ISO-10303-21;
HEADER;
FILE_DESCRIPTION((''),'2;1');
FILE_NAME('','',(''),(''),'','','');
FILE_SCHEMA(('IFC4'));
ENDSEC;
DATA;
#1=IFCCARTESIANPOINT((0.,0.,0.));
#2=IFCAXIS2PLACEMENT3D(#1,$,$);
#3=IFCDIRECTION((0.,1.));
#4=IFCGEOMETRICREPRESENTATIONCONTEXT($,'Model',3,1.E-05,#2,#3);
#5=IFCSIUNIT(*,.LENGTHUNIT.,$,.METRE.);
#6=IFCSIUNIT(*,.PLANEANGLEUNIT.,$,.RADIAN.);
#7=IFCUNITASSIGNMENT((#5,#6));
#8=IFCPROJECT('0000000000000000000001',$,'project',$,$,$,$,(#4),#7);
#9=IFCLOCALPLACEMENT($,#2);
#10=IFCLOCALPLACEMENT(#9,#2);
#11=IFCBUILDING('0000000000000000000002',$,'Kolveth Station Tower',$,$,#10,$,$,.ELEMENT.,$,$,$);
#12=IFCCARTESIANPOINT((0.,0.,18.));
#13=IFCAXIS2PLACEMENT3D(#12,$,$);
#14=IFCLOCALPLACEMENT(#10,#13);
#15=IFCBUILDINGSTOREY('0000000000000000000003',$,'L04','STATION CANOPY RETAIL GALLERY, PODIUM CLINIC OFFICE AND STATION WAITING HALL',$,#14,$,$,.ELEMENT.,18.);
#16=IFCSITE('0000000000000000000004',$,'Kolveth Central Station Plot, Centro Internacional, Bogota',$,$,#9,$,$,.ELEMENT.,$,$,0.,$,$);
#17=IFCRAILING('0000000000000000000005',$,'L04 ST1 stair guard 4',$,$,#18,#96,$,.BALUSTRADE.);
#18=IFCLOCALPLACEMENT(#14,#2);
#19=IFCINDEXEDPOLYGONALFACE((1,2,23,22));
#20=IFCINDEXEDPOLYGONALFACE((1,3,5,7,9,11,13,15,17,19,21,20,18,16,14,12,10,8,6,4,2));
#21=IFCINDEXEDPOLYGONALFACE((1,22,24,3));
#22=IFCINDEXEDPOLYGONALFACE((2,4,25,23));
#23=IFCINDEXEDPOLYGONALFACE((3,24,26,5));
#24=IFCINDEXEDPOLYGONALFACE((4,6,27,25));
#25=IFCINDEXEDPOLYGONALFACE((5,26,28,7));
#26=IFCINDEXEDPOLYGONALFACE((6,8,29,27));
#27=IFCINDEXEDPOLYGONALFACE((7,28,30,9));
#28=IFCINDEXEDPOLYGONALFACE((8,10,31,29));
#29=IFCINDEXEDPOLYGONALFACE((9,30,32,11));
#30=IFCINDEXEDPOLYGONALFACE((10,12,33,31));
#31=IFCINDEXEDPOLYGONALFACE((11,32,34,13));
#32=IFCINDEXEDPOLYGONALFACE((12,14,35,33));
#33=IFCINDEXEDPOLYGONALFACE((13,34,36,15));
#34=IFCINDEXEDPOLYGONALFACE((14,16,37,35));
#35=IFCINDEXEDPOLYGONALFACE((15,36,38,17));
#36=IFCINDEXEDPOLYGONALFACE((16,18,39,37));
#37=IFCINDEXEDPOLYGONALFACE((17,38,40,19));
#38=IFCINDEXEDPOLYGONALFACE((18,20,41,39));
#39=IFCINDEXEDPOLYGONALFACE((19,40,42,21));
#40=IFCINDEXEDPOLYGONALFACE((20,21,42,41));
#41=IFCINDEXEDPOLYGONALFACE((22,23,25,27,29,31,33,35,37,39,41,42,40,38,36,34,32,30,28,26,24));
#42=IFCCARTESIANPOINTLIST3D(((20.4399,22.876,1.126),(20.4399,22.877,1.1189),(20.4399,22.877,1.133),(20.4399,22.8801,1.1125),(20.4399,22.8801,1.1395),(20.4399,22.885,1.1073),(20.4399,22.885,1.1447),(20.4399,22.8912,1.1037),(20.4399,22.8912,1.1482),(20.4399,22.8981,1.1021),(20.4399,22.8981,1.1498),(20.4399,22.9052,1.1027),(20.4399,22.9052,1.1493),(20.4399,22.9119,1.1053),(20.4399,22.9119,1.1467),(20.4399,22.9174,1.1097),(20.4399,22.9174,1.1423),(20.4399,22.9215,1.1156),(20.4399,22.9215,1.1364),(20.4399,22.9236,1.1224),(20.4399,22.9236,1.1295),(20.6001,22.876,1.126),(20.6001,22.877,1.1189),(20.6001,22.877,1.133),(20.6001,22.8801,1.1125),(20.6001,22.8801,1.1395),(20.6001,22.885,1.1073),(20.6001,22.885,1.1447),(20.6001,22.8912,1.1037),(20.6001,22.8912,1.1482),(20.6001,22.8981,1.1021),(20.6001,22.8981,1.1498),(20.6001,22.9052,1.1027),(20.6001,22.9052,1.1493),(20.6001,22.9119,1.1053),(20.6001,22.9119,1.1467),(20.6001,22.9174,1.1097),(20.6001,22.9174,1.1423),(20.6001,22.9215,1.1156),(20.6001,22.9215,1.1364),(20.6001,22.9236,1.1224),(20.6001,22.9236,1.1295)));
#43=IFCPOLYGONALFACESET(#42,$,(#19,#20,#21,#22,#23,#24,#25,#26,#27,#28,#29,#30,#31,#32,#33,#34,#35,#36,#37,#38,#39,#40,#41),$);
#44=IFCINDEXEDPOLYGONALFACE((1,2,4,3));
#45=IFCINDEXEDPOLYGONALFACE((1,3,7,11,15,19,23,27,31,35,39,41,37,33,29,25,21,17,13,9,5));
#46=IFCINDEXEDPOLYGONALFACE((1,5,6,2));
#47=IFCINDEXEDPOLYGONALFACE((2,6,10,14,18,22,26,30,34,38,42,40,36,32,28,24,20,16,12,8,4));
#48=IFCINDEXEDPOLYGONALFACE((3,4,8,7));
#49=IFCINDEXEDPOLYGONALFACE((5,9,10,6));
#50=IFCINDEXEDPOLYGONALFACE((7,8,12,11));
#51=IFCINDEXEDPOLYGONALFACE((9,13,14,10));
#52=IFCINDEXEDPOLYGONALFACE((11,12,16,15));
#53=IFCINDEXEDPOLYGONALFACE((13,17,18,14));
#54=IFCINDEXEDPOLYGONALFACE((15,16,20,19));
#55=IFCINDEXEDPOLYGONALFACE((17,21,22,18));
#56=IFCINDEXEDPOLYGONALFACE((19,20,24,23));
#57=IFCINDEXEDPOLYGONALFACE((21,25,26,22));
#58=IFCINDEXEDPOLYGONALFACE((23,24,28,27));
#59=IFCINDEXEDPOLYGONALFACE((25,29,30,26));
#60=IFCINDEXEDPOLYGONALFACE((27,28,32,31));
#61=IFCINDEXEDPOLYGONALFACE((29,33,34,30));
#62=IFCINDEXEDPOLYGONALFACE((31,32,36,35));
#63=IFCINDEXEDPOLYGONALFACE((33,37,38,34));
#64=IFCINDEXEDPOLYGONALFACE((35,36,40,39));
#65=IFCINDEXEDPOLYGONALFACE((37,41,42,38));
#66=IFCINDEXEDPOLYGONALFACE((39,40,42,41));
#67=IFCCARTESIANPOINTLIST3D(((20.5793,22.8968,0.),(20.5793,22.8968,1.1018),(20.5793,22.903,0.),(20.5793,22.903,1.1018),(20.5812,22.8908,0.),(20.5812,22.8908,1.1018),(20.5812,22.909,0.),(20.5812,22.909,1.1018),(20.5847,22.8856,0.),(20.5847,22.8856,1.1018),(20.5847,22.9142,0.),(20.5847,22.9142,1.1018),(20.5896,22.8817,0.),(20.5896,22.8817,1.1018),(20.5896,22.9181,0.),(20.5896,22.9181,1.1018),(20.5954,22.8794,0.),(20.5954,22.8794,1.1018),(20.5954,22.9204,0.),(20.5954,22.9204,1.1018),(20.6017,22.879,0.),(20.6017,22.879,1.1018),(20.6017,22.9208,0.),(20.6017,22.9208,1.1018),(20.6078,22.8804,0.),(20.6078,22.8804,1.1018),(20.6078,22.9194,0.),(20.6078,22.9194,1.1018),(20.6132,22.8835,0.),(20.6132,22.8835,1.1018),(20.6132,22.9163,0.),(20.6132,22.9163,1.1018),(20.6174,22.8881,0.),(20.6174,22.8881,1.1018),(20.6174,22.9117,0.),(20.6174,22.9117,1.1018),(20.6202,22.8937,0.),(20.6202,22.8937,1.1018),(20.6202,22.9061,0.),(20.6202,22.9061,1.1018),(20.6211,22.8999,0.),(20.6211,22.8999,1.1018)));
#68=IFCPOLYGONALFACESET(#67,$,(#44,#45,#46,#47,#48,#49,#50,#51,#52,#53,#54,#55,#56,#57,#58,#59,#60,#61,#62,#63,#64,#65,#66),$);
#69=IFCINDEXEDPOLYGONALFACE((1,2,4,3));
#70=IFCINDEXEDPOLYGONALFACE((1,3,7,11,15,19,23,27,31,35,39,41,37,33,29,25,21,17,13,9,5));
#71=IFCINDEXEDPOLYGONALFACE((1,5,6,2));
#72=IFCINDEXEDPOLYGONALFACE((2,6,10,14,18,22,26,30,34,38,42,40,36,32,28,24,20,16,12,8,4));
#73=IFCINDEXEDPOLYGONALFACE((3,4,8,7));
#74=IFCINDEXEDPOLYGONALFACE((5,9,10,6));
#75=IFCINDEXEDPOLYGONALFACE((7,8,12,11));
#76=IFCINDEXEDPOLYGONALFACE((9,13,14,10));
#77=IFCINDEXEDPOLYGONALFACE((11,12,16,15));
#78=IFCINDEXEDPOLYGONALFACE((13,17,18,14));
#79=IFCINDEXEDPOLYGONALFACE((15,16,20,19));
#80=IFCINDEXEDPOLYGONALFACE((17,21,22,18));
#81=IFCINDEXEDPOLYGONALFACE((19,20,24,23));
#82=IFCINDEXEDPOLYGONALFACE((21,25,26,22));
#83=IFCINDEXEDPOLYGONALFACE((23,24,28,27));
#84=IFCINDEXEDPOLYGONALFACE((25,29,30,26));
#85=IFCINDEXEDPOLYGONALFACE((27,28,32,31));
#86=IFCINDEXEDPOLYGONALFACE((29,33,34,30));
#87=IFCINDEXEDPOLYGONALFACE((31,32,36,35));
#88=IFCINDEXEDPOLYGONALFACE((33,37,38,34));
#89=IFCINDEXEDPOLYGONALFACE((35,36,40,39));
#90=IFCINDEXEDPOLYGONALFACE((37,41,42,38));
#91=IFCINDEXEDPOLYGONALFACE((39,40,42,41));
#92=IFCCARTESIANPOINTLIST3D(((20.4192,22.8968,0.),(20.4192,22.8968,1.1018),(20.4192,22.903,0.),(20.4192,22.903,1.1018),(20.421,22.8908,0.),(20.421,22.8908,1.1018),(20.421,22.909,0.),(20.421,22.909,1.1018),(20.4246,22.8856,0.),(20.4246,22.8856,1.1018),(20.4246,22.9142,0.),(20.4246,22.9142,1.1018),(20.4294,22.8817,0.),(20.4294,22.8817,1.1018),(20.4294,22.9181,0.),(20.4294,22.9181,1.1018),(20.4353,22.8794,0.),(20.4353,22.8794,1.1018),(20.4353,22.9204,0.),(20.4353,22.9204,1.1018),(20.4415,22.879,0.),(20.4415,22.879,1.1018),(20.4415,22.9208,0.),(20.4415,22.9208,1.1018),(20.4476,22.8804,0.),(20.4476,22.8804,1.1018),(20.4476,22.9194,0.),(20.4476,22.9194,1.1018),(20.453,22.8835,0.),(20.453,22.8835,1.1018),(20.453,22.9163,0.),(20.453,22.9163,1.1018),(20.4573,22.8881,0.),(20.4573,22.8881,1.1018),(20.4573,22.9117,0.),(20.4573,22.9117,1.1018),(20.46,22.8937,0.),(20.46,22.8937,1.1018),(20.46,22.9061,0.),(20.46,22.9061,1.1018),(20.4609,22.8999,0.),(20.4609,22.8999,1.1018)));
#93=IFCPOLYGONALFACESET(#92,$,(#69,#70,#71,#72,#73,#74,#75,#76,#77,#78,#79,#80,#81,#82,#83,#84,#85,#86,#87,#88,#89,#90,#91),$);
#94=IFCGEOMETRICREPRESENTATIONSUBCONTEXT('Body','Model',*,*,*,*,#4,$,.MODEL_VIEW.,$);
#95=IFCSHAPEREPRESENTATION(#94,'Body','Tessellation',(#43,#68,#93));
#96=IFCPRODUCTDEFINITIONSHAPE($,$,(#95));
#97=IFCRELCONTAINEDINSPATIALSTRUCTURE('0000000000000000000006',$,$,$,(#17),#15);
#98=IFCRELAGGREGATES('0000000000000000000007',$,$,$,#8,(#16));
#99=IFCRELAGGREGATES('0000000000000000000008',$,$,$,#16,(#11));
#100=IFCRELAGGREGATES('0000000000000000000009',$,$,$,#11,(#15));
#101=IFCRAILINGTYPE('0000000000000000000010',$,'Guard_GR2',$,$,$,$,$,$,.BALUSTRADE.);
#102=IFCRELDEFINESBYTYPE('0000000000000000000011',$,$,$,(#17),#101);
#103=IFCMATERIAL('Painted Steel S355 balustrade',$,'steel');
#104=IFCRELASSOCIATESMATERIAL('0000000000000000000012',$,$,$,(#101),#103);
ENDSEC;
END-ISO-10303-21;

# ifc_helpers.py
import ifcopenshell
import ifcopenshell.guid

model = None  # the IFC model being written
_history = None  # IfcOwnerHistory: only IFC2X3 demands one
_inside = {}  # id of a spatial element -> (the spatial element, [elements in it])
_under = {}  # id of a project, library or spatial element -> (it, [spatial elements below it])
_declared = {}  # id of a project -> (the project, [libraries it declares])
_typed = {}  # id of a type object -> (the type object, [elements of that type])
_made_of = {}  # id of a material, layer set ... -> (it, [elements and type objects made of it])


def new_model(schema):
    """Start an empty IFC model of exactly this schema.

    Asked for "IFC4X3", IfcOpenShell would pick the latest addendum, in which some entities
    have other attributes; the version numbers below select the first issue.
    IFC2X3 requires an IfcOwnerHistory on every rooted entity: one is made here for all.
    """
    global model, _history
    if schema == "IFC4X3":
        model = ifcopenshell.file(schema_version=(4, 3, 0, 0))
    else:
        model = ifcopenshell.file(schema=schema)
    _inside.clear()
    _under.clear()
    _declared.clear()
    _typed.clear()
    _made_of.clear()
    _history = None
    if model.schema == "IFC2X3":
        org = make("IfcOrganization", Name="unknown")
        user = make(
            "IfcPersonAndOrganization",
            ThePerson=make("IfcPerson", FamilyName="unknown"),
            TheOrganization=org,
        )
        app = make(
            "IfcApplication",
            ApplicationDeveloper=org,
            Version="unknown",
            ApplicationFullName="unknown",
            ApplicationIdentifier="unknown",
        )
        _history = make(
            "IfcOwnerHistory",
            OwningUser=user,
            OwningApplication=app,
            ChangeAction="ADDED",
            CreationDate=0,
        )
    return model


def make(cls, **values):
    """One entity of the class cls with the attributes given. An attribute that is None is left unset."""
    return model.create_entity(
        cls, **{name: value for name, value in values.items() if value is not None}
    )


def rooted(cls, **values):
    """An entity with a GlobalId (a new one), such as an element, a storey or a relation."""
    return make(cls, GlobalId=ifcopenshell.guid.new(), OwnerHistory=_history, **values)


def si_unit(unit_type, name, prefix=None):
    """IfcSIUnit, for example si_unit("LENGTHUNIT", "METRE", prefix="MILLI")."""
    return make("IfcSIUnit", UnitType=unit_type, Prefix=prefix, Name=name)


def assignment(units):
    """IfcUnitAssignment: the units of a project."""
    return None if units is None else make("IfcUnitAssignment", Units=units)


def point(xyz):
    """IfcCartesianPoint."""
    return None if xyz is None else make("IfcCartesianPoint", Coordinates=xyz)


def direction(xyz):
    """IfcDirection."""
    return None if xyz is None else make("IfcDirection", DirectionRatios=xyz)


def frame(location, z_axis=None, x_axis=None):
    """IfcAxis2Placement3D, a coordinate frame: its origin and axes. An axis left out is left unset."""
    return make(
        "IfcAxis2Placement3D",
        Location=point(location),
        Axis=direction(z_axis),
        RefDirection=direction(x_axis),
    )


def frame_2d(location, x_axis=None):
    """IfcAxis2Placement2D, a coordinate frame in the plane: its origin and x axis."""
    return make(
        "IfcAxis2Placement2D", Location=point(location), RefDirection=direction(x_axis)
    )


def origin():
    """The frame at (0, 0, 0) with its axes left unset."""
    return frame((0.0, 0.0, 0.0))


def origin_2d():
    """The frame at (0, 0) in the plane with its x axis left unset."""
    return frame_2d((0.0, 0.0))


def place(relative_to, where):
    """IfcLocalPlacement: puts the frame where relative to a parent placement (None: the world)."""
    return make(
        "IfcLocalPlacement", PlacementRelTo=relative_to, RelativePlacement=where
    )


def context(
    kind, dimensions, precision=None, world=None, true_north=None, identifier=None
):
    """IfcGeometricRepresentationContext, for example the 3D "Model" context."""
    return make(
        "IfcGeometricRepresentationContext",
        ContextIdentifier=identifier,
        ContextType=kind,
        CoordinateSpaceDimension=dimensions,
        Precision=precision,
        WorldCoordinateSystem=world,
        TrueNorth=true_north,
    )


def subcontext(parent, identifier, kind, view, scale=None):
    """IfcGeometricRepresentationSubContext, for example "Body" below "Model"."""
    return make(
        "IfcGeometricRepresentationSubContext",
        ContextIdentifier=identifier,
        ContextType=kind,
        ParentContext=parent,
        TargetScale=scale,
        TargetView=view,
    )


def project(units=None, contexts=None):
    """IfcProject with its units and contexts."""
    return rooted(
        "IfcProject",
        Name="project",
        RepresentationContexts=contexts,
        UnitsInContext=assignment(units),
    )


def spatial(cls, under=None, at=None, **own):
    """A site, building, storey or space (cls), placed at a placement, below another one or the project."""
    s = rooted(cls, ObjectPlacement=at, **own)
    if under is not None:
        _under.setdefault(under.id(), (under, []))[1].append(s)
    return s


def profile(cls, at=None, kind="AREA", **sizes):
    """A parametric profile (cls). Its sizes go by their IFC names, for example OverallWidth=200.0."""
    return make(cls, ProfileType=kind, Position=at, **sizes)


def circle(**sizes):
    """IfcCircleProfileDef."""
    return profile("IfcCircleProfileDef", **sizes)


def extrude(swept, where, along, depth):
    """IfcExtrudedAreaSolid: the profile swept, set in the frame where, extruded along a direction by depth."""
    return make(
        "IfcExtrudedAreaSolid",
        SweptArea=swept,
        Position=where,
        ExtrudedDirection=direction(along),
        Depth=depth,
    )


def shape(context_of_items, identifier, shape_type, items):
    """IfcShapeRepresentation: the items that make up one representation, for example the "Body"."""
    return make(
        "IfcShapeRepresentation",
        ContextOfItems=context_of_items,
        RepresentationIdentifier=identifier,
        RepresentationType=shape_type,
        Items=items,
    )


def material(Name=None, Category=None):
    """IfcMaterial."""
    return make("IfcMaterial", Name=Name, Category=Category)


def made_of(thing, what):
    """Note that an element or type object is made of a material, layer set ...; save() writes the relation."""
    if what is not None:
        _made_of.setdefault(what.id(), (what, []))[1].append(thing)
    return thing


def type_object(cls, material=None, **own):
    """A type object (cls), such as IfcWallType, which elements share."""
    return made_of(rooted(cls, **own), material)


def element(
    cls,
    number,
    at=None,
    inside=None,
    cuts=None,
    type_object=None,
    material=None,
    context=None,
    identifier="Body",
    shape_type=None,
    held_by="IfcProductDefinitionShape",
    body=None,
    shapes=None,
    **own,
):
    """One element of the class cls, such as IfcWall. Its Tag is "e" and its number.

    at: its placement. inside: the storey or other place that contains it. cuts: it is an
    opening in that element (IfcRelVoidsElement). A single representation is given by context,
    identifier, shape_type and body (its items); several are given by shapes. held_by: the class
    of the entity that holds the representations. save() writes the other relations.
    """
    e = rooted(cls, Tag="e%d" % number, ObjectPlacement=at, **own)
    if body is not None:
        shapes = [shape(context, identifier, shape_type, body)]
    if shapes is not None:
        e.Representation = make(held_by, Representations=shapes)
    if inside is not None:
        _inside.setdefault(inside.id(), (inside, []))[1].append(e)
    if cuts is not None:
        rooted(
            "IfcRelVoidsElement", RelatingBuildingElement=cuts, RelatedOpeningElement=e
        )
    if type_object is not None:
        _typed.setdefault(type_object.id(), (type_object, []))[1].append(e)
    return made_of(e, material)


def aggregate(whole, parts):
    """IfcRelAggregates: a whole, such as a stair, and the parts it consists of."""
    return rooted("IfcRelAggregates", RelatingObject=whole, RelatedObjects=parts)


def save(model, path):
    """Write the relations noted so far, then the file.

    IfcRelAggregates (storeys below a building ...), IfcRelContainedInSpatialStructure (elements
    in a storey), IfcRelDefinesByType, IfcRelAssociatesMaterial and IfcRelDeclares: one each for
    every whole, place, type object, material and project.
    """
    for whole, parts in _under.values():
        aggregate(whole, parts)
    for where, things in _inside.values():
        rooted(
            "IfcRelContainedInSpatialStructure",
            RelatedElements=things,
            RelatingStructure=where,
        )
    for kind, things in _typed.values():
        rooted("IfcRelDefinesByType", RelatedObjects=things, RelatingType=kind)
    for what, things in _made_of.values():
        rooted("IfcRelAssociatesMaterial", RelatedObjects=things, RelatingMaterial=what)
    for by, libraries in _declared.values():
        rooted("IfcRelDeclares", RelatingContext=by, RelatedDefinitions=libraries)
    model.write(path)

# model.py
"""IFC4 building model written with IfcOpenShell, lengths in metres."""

from ifc_helpers import new_model, si_unit, direction, frame, origin, origin_2d, place, context, subcontext, project, spatial, circle, extrude, material, type_object, element, save


model = new_model("IFC4")

# Units and contexts
model_context = context("Model", 3, precision=1e-05, world=origin(), true_north=direction((0.0, 1.0)))
body_context = subcontext(model_context, "Body", "Model", "MODEL_VIEW")
ifc_project = project(units=[si_unit("LENGTHUNIT", "METRE"), si_unit("PLANEANGLEUNIT", "RADIAN")], contexts=[model_context])

# Site, building, storey
site_placement = place(None, origin())
site = spatial("IfcSite", under=ifc_project, at=site_placement, Name="Kolveth Central Station Plot, Centro Internacional, Bogota", CompositionType="ELEMENT", RefElevation=0.0)
building_placement = place(site_placement, origin())
building = spatial("IfcBuilding", under=site, at=building_placement, Name="Kolveth Station Tower", CompositionType="ELEMENT")
storey_placement = place(building_placement, frame((0.0, 0.0, 18.0)))
storey = spatial("IfcBuildingStorey", under=building, at=storey_placement, Name="L04", Description="STATION CANOPY RETAIL GALLERY, PODIUM CLINIC OFFICE AND STATION WAITING HALL", CompositionType="ELEMENT", Elevation=18.0)

# Railing
ifc_material_1 = material(Name="Painted Steel S355 balustrade", Category="steel")
railing_type_1 = type_object("IfcRailingType", Name="Guard_GR2", PredefinedType="BALUSTRADE", material=ifc_material_1)
railing_1_placement = place(storey_placement, frame((20.6001, 22.8999, 0.0)))
element("IfcRailing", 1, at=railing_1_placement, inside=storey, type_object=railing_type_1, Name="L04 ST1 stair guard 4", PredefinedType="BALUSTRADE", context=body_context, shape_type="SweptSolid", body=[
    extrude(circle(Radius=0.0239, at=origin_2d()), frame((0.0, 0.0, 1.126), z_axis=(-1.0, 0.0, 0.0), x_axis=(0.0, -1.0, 0.0)), (0.0, 0.0, 1.0), 0.1602),
    extrude(circle(Radius=0.021, at=origin_2d()), origin(), (0.0, 0.0, 1.0), 1.1018),
    extrude(circle(Radius=0.021, at=origin_2d()), frame((-0.1602, 0.0, 0.0)), (0.0, 0.0, 1.0), 1.1018),
])

save(model, "model.ifc")
